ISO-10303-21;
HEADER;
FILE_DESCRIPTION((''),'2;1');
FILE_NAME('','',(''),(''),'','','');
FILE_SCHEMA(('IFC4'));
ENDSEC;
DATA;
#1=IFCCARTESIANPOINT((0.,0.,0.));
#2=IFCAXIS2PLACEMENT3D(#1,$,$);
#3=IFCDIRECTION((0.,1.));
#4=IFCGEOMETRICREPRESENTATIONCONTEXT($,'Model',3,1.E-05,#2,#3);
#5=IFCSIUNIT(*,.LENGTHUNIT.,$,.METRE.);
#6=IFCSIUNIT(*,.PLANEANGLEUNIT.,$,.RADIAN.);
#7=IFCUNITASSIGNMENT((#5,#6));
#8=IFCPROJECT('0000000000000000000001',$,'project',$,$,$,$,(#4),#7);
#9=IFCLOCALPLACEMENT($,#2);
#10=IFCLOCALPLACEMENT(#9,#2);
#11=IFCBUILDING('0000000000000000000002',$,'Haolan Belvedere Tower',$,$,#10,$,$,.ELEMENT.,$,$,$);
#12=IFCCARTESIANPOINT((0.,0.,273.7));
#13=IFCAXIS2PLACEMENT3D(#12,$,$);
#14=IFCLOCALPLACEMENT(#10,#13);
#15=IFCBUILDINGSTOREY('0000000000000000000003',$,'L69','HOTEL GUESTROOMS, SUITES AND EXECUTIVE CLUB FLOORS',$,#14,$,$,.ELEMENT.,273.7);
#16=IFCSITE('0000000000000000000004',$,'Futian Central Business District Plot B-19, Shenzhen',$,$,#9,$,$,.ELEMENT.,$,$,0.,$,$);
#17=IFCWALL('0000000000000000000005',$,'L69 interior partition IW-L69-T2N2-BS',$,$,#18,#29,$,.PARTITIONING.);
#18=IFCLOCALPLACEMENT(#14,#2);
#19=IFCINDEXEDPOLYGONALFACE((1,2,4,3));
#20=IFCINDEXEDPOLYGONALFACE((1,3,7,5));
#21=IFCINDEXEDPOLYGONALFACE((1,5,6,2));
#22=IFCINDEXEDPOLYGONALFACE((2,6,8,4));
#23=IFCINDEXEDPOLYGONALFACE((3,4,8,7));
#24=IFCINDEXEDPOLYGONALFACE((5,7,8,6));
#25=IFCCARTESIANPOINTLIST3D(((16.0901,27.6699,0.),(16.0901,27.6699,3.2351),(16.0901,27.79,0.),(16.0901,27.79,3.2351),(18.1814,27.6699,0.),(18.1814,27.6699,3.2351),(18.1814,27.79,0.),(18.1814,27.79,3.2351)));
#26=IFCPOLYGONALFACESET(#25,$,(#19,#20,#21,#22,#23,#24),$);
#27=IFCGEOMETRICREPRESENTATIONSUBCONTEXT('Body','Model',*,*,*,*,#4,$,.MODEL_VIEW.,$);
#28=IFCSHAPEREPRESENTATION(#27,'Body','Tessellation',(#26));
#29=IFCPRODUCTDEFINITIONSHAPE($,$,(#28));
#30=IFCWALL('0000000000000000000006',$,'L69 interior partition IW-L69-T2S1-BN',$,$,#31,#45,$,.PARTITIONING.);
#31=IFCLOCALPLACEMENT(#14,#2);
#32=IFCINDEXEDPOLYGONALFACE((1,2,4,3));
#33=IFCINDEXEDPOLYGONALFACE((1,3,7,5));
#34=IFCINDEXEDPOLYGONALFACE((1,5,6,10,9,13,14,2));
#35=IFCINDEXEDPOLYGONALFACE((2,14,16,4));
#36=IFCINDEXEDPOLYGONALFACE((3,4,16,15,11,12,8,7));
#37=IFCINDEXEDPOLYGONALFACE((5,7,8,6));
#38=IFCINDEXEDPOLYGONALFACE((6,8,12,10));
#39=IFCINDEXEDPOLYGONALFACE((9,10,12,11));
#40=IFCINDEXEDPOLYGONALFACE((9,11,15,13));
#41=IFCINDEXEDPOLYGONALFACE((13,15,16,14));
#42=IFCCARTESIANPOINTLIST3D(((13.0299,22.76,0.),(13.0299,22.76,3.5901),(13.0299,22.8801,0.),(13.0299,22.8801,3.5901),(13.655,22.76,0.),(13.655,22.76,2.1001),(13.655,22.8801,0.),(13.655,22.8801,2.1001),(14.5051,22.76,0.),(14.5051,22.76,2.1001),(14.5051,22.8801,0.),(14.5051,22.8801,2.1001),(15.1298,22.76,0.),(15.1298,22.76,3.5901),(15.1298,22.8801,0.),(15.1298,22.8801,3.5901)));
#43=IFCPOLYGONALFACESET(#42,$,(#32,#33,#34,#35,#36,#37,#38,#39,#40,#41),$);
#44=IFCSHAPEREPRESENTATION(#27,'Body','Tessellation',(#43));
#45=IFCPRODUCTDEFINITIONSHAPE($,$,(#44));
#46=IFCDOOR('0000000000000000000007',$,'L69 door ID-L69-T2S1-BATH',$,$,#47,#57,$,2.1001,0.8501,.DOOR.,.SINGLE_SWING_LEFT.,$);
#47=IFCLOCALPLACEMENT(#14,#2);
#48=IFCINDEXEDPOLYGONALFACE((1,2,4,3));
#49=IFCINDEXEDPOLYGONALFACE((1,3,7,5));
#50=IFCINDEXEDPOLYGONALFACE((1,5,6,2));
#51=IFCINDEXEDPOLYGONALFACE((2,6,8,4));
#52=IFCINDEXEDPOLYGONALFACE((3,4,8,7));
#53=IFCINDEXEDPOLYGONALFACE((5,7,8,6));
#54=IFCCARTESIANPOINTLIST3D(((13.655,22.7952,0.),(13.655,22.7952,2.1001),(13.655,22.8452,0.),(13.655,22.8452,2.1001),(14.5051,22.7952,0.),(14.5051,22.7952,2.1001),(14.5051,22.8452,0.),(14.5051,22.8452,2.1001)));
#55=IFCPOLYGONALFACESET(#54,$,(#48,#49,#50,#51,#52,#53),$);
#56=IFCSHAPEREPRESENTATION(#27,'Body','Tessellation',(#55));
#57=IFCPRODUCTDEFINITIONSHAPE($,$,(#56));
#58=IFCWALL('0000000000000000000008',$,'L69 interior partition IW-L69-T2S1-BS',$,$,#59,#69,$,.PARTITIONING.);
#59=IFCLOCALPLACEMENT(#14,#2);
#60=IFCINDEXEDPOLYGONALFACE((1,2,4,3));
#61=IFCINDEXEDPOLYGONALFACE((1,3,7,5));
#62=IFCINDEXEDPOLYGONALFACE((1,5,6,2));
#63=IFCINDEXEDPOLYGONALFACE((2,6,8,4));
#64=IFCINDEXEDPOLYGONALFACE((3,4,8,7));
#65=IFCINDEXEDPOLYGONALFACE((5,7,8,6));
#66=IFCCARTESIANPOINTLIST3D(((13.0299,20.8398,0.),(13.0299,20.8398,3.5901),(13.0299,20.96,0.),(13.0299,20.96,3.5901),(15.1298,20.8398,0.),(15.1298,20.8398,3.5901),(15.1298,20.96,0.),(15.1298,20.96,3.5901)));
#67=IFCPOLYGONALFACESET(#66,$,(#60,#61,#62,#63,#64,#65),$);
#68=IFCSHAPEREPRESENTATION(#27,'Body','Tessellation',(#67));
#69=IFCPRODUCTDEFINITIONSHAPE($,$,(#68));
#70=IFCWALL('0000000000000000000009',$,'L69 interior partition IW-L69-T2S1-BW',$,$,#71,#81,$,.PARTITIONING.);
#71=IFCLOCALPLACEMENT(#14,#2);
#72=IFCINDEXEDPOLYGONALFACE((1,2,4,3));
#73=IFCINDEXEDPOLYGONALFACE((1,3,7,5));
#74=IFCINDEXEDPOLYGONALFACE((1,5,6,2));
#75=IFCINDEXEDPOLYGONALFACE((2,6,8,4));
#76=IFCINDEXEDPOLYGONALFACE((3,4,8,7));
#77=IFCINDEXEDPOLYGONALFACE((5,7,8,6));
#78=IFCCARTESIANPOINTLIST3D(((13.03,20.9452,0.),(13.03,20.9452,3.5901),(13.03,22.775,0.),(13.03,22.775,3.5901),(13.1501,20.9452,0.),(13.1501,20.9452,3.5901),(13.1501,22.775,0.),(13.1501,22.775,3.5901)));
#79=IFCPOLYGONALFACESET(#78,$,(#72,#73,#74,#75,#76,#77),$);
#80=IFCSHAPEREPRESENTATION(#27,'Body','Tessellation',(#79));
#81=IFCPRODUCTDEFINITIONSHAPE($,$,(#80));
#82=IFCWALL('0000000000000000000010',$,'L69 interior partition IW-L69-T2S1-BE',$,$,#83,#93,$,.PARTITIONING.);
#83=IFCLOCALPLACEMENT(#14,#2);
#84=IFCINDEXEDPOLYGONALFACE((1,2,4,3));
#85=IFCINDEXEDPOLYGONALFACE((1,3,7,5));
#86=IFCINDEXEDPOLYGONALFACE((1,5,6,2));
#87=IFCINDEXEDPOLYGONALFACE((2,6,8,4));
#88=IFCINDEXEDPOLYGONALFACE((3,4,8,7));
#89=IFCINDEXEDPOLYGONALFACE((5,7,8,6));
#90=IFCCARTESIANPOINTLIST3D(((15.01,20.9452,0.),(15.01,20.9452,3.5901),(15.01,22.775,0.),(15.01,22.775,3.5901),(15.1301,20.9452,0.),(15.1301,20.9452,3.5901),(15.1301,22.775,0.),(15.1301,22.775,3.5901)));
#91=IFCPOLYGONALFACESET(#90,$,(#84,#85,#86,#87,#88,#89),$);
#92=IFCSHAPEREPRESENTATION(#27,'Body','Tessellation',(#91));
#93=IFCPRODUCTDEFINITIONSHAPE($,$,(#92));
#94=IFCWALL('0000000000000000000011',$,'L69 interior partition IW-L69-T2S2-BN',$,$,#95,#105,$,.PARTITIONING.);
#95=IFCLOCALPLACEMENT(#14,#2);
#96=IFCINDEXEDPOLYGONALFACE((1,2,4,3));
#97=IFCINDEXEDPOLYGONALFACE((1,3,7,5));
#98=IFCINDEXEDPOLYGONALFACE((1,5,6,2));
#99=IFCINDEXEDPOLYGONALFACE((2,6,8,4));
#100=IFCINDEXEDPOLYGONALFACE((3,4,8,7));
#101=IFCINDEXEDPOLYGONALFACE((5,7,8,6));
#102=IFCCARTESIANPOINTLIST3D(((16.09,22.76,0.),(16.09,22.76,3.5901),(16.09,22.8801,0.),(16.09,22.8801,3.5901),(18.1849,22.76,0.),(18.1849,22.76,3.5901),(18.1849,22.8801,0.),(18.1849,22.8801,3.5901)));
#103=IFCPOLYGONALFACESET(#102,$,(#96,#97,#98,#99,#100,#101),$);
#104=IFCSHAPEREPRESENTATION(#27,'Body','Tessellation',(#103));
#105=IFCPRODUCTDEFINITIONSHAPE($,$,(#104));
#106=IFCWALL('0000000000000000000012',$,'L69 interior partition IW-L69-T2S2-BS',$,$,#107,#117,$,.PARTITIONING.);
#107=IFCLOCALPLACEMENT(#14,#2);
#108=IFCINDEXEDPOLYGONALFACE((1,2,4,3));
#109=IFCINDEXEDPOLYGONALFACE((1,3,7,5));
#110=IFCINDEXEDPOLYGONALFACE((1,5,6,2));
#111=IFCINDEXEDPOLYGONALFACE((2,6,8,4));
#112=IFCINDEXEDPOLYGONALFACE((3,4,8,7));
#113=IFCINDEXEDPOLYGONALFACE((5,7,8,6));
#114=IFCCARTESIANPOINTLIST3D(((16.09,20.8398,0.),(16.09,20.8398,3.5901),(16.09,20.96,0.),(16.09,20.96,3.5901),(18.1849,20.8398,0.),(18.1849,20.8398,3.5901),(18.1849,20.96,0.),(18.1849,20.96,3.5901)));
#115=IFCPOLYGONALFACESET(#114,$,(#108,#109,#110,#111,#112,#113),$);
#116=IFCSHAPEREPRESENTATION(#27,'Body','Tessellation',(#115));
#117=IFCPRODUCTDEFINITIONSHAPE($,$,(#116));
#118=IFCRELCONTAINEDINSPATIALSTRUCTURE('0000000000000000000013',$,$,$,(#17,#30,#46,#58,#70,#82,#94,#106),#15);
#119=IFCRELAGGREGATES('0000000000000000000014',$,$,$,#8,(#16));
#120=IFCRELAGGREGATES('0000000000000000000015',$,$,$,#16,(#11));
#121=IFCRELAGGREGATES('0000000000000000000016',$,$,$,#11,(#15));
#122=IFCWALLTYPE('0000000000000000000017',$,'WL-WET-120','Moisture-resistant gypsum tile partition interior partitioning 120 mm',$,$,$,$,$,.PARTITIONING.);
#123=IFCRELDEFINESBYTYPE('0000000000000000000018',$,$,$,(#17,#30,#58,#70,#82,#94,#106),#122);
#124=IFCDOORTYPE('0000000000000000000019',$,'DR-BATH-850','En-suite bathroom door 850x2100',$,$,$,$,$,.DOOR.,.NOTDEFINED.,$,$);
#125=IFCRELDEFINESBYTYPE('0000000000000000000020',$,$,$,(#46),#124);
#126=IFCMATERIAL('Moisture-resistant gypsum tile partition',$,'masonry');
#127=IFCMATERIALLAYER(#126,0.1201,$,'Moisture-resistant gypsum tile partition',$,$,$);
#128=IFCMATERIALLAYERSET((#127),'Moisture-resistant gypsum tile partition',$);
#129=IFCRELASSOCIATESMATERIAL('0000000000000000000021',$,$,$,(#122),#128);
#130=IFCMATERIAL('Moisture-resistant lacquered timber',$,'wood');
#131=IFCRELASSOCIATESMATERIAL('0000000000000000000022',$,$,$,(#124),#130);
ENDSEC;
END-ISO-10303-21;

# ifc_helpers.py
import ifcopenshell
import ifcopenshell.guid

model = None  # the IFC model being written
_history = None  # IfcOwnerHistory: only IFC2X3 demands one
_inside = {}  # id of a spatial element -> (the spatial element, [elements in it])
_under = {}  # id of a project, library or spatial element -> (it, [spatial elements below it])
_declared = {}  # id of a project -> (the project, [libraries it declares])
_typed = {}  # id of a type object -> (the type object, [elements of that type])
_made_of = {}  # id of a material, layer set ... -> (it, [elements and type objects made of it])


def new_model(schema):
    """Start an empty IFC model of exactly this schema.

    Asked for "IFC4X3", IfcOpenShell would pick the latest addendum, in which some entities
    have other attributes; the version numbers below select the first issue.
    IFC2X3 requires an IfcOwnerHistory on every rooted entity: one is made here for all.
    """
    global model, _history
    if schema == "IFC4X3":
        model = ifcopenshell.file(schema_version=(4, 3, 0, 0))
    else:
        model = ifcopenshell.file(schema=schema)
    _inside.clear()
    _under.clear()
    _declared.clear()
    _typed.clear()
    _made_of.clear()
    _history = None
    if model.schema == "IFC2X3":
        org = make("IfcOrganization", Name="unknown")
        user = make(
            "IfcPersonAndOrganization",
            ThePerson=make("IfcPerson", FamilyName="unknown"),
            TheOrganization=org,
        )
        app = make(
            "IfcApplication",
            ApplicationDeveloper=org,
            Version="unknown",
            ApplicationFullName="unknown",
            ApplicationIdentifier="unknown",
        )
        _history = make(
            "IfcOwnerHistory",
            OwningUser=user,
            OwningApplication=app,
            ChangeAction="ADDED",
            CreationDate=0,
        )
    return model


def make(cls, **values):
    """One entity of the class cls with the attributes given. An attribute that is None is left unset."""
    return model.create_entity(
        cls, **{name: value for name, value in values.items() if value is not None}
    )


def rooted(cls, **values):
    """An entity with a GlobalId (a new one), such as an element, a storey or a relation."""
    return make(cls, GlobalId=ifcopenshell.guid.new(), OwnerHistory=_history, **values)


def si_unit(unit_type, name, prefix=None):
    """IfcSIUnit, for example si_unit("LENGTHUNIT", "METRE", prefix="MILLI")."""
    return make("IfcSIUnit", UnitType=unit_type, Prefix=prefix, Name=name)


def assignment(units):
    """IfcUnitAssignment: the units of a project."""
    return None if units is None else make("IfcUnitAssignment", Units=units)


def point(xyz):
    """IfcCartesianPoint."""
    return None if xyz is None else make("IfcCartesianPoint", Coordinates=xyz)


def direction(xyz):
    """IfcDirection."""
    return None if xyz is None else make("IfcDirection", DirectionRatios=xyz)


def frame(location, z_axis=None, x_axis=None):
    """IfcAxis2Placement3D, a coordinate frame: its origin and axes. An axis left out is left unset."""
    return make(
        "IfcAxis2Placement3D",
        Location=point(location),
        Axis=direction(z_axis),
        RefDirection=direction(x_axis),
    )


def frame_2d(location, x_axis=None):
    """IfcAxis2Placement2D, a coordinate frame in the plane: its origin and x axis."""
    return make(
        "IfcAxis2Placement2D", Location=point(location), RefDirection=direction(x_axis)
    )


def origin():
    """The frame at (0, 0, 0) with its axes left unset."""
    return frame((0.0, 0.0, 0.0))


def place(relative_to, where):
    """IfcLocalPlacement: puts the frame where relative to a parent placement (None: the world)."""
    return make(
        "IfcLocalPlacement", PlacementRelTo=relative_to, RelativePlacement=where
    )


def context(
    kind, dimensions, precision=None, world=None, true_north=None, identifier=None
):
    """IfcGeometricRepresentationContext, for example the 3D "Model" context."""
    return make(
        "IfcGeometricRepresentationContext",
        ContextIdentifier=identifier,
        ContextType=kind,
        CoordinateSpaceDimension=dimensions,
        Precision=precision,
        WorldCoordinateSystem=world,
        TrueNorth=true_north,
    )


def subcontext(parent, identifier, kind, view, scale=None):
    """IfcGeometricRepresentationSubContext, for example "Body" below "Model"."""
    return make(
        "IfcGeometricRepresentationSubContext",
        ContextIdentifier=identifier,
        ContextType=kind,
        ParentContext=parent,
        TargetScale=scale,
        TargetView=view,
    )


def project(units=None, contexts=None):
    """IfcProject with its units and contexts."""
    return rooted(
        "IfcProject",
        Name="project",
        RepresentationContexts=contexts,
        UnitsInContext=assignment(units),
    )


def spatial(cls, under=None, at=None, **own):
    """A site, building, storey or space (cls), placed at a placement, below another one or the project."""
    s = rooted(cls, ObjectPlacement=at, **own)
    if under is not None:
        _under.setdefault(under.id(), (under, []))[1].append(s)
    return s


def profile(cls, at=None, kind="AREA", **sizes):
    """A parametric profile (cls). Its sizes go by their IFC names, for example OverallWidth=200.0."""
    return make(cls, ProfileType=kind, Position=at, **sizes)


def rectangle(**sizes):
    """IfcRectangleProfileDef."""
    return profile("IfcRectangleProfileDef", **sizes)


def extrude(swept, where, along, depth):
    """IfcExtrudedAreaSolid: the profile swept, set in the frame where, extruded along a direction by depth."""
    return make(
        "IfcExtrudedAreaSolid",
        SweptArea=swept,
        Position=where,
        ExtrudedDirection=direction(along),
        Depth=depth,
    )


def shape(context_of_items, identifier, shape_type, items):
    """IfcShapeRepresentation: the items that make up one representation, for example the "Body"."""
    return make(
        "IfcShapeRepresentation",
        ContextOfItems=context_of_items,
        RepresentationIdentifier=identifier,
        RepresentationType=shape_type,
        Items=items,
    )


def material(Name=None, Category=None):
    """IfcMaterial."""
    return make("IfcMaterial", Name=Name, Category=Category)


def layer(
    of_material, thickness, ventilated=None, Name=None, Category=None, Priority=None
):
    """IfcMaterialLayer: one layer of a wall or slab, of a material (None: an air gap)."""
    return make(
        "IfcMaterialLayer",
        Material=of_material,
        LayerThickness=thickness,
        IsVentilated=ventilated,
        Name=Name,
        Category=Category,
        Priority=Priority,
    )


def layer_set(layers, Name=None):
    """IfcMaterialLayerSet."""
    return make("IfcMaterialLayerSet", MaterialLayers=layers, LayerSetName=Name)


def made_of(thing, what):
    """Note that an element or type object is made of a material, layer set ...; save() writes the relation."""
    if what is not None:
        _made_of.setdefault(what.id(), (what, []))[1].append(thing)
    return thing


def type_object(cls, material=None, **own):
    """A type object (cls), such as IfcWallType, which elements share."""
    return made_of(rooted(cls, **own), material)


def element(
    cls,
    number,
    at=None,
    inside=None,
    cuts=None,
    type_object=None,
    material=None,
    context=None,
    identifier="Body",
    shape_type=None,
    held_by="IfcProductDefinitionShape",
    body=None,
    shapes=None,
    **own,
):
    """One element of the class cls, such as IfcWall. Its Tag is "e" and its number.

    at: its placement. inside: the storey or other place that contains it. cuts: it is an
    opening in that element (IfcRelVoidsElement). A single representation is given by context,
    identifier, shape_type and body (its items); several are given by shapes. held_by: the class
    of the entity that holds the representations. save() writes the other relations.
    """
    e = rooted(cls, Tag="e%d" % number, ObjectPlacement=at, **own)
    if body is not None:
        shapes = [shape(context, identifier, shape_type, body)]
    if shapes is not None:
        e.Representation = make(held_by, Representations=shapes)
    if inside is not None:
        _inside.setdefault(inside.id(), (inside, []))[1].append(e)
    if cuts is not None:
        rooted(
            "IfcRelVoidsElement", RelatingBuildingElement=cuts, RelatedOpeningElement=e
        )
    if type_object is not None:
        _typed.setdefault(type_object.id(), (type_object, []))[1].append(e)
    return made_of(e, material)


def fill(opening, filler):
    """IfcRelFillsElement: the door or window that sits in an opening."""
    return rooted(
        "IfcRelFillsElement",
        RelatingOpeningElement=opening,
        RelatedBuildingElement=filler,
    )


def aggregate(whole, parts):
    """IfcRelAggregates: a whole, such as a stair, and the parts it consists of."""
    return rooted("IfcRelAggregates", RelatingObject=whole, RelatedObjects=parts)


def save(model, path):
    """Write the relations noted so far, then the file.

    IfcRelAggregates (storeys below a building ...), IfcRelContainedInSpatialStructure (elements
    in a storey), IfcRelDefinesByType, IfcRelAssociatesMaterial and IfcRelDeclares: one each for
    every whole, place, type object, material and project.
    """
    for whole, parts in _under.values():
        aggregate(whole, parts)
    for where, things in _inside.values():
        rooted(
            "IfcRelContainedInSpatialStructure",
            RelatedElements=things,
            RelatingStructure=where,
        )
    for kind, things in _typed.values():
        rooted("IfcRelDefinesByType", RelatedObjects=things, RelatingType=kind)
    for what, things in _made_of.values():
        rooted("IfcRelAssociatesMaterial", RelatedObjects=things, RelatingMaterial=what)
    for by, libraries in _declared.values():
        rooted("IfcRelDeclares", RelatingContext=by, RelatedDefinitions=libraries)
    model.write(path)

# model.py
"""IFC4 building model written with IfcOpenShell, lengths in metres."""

from ifc_helpers import new_model, si_unit, direction, frame, frame_2d, origin, place, context, subcontext, project, spatial, rectangle, extrude, material, layer, layer_set, type_object, element, fill, save


model = new_model("IFC4")

# Units and contexts
model_context = context("Model", 3, precision=1e-05, world=origin(), true_north=direction((0.0, 1.0)))
body_context = subcontext(model_context, "Body", "Model", "MODEL_VIEW")
ifc_project = project(units=[si_unit("LENGTHUNIT", "METRE"), si_unit("PLANEANGLEUNIT", "RADIAN")], contexts=[model_context])

# Site, building, storey
site_placement = place(None, origin())
site = spatial("IfcSite", under=ifc_project, at=site_placement, Name="Futian Central Business District Plot B-19, Shenzhen", CompositionType="ELEMENT", RefElevation=0.0)
building_placement = place(site_placement, origin())
building = spatial("IfcBuilding", under=site, at=building_placement, Name="Haolan Belvedere Tower", CompositionType="ELEMENT")
storey_placement = place(building_placement, frame((0.0, 0.0, 273.7)))
storey = spatial("IfcBuildingStorey", under=building, at=storey_placement, Name="L69", Description="HOTEL GUESTROOMS, SUITES AND EXECUTIVE CLUB FLOORS", CompositionType="ELEMENT", Elevation=273.7)

# Wall
ifc_material_1 = material(Name="Moisture-resistant gypsum tile partition", Category="masonry")
ifc_layer_1 = layer(ifc_material_1, 0.1201, Name="Moisture-resistant gypsum tile partition")
ifc_layer_set_1 = layer_set([ifc_layer_1], Name="Moisture-resistant gypsum tile partition")
wall_type_1 = type_object("IfcWallType", Name="WL-WET-120", Description="Moisture-resistant gypsum tile partition interior partitioning 120 mm", PredefinedType="PARTITIONING", material=ifc_layer_set_1)
wall_1_placement = place(storey_placement, frame((16.0901, 27.73, 0.0), z_axis=(0.0, 0.0, 1.0), x_axis=(1.0, 0.0, 0.0)))
element("IfcWall", 1, at=wall_1_placement, inside=storey, type_object=wall_type_1, Name="L69 interior partition IW-L69-T2N2-BS", PredefinedType="PARTITIONING", context=body_context, shape_type="SweptSolid", body=[
    extrude(rectangle(XDim=2.0913, YDim=0.1201, at=frame_2d((1.0457, 0.0))), origin(), (0.0, 0.0, 1.0), 3.2351),
])

# Wall, opening, door
wall_2_placement = place(storey_placement, frame((13.03, 22.8201, 0.0), z_axis=(0.0, 0.0, 1.0), x_axis=(1.0, 0.0, 0.0)))
wall_2 = element("IfcWall", 2, at=wall_2_placement, inside=storey, type_object=wall_type_1, Name="L69 interior partition IW-L69-T2S1-BN", PredefinedType="PARTITIONING", context=body_context, shape_type="SweptSolid", body=[
    extrude(rectangle(XDim=2.0999, YDim=0.1201, at=frame_2d((1.0498, 0.0))), origin(), (0.0, 0.0, 1.0), 3.5901),
])
opening_1_placement = place(wall_2_placement, frame((1.4751, 0.0, 0.0), z_axis=(0.0, 0.0, 1.0), x_axis=(-1.0, 0.0, 0.0)))
opening_1 = element("IfcOpeningElement", 3, at=opening_1_placement, cuts=wall_2, PredefinedType="OPENING", context=body_context, shape_type="SweptSolid", body=[
    extrude(rectangle(XDim=0.8501, YDim=2.1001, at=frame_2d((0.425, 1.05))), frame((0.0, 0.0701, 0.0), z_axis=(0.0, -1.0, 0.0), x_axis=(1.0, 0.0, 0.0)), (0.0, 0.0, 1.0), 0.1401),
])
ifc_material_2 = material(Name="Moisture-resistant lacquered timber", Category="wood")
door_type_1 = type_object("IfcDoorType", Name="DR-BATH-850", Description="En-suite bathroom door 850x2100", OperationType="NOTDEFINED", PredefinedType="DOOR", material=ifc_material_2)
door_1_placement = place(opening_1_placement, origin())
door_1 = element("IfcDoor", 4, at=door_1_placement, inside=storey, type_object=door_type_1, Name="L69 door ID-L69-T2S1-BATH", OperationType="SINGLE_SWING_LEFT", OverallHeight=2.1001, OverallWidth=0.8501, PredefinedType="DOOR", context=body_context, shape_type="SweptSolid", body=[
    extrude(rectangle(XDim=0.8501, YDim=2.1001, at=frame_2d((0.425, 1.05))), frame((0.0, 0.0249, 0.0), z_axis=(0.0, -1.0, 0.0), x_axis=(1.0, 0.0, 0.0)), (0.0, 0.0, 1.0), 0.05),
])
fill(opening_1, door_1)

# Walls
wall_3_placement = place(storey_placement, frame((13.03, 20.8999, 0.0), z_axis=(0.0, 0.0, 1.0), x_axis=(1.0, 0.0, 0.0)))
element("IfcWall", 5, at=wall_3_placement, inside=storey, type_object=wall_type_1, Name="L69 interior partition IW-L69-T2S1-BS", PredefinedType="PARTITIONING", context=body_context, shape_type="SweptSolid", body=[
    extrude(rectangle(XDim=2.0999, YDim=0.1201, at=frame_2d((1.0498, 0.0))), origin(), (0.0, 0.0, 1.0), 3.5901),
])
for number, where, z_axis, x_axis, name in (
    (6, (13.0901, 20.9451, 0.0), (0.0, 0.0, 1.0), (0.0, 1.0, 0.0), "L69 interior partition IW-L69-T2S1-BW"),
    (7, (15.0701, 20.9451, 0.0), (0.0, 0.0, 1.0), (0.0, 1.0, 0.0), "L69 interior partition IW-L69-T2S1-BE"),
):
    element("IfcWall", number, at=place(storey_placement, frame(where, z_axis=z_axis, x_axis=x_axis)), inside=storey, type_object=wall_type_1, Name=name, PredefinedType="PARTITIONING", context=body_context, shape_type="SweptSolid", body=[
        extrude(rectangle(XDim=1.8298, YDim=0.1201, at=frame_2d((0.915, 0.0))), origin(), (0.0, 0.0, 1.0), 3.5901),
    ])
for number, where, z_axis, x_axis, name in (
    (8, (16.0901, 22.8201, 0.0), (0.0, 0.0, 1.0), (1.0, 0.0, 0.0), "L69 interior partition IW-L69-T2S2-BN"),
    (9, (16.0901, 20.8999, 0.0), (0.0, 0.0, 1.0), (1.0, 0.0, 0.0), "L69 interior partition IW-L69-T2S2-BS"),
):
    element("IfcWall", number, at=place(storey_placement, frame(where, z_axis=z_axis, x_axis=x_axis)), inside=storey, type_object=wall_type_1, Name=name, PredefinedType="PARTITIONING", context=body_context, shape_type="SweptSolid", body=[
        extrude(rectangle(XDim=2.095, YDim=0.1201, at=frame_2d((1.0474, 0.0))), origin(), (0.0, 0.0, 1.0), 3.5901),
    ])

save(model, "model.ifc")
